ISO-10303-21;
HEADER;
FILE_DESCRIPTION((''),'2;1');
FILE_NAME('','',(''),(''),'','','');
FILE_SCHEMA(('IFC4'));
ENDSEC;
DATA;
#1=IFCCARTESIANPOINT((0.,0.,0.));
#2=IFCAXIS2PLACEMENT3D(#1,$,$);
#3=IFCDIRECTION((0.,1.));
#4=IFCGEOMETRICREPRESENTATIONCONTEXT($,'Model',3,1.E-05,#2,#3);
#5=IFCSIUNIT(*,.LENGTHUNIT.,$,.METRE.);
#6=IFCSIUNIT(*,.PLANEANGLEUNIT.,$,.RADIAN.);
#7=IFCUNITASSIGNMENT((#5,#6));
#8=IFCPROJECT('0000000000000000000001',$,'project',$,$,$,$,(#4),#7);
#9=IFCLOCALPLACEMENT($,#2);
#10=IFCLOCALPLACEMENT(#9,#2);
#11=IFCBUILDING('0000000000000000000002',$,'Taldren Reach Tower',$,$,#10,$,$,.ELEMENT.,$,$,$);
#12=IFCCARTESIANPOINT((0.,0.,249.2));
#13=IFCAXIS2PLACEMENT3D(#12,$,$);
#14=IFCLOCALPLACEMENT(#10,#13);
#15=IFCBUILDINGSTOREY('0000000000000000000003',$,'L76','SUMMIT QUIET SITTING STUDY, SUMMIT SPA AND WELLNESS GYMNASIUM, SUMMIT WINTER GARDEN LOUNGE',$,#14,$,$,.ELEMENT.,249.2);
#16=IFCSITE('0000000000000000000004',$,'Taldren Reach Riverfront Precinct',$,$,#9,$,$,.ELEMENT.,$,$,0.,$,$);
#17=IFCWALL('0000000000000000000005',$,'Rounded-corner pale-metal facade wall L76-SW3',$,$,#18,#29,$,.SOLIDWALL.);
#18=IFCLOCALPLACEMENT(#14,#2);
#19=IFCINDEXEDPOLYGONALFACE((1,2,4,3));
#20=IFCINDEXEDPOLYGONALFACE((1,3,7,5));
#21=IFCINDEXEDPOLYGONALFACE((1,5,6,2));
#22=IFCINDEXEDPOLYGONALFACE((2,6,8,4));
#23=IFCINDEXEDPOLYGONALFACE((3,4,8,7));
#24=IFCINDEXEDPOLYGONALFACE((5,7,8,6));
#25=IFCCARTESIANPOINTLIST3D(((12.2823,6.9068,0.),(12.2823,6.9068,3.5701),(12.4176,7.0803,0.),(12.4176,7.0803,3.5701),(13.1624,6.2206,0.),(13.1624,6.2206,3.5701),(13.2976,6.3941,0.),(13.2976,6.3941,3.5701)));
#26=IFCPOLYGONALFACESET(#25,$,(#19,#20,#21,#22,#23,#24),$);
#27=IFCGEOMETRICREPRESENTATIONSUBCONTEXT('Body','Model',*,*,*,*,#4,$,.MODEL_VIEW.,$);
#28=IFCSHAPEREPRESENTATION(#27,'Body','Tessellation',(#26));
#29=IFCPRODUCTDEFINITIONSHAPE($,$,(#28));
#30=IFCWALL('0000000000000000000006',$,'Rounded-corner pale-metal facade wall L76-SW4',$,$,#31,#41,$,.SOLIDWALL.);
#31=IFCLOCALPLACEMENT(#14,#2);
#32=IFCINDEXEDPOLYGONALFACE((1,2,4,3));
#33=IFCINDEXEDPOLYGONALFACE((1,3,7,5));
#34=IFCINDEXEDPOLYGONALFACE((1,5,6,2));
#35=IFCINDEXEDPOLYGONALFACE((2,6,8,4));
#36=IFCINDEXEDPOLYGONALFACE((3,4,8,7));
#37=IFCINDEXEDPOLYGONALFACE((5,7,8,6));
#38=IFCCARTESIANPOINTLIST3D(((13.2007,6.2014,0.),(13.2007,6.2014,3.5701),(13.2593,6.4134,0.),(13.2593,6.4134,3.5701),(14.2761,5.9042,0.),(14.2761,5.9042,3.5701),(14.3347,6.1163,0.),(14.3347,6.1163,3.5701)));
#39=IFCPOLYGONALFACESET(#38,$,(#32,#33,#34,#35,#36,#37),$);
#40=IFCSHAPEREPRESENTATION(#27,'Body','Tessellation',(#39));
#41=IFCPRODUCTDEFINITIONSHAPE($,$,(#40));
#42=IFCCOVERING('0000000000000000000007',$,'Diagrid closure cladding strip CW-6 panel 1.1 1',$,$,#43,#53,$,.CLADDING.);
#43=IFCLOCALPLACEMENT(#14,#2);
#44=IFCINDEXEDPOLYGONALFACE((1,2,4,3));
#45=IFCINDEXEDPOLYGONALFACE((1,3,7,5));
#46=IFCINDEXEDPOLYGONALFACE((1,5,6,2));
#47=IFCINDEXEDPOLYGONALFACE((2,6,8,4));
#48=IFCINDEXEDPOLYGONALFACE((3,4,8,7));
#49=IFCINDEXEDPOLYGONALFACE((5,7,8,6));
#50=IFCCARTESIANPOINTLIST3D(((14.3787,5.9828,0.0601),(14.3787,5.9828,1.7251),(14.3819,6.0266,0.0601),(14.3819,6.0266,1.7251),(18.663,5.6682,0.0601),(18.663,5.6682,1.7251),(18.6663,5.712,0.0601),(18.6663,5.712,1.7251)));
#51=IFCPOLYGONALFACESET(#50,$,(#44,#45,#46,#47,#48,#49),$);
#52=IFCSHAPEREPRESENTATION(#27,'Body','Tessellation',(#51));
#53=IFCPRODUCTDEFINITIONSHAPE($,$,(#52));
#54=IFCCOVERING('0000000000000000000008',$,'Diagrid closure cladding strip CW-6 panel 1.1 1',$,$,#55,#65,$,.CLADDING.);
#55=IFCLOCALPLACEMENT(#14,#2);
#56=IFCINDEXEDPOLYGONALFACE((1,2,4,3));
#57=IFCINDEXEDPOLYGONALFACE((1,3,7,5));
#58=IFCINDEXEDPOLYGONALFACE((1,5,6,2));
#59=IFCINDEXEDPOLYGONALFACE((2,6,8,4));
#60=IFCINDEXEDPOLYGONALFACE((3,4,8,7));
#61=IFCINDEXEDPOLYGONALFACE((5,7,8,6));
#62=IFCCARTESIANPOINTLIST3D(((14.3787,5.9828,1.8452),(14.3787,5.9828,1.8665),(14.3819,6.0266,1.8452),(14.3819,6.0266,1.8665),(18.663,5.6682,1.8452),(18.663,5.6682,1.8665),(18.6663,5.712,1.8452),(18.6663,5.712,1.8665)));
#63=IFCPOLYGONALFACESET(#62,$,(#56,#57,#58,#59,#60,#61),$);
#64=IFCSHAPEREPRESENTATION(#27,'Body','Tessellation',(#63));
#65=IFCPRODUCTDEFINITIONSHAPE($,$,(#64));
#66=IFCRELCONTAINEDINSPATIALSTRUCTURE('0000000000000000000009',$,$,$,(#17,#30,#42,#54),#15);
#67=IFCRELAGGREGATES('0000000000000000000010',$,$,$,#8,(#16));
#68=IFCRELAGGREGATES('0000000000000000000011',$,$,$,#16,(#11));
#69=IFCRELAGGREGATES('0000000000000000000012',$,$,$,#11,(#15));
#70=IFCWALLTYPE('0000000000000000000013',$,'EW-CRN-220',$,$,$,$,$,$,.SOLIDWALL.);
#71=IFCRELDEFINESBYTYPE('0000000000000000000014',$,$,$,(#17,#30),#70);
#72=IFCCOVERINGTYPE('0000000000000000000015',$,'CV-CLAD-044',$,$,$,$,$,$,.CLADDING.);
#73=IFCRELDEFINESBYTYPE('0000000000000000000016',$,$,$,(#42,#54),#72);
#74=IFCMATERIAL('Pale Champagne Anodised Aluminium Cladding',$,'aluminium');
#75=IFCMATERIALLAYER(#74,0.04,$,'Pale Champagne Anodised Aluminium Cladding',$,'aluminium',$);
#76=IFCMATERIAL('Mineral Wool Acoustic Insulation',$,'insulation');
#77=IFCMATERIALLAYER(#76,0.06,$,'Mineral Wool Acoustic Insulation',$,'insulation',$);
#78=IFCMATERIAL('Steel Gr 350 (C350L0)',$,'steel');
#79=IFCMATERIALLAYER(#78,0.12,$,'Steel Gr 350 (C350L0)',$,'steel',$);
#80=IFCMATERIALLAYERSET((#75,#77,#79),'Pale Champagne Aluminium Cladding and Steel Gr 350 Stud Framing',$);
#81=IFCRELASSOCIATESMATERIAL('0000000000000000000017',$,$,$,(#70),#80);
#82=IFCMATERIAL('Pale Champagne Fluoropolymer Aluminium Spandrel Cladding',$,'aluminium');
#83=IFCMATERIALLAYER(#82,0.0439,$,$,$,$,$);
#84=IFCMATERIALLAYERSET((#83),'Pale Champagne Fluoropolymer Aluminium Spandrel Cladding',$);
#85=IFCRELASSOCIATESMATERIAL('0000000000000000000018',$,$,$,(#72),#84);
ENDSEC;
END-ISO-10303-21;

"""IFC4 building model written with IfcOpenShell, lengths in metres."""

from ifc_helpers import new_model, si_unit, direction, frame, frame_2d, origin, origin_2d, place, context, subcontext, project, spatial, rectangle, extrude, source, transform, mapped, material, layer, layer_set, type_object, element, save


model = new_model("IFC4")

# Units and contexts
model_context = context("Model", 3, precision=1e-05, world=origin(), true_north=direction((0.0, 1.0)))
body_context = subcontext(model_context, "Body", "Model", "MODEL_VIEW")
ifc_project = project(units=[si_unit("LENGTHUNIT", "METRE"), si_unit("PLANEANGLEUNIT", "RADIAN")], contexts=[model_context])

# Site, building, storey
site_placement = place(None, origin())
site = spatial("IfcSite", under=ifc_project, at=site_placement, Name="Taldren Reach Riverfront Precinct", CompositionType="ELEMENT", RefElevation=0.0)
building_placement = place(site_placement, origin())
building = spatial("IfcBuilding", under=site, at=building_placement, Name="Taldren Reach Tower", CompositionType="ELEMENT")
storey_placement = place(building_placement, frame((0.0, 0.0, 249.2)))
storey = spatial("IfcBuildingStorey", under=building, at=storey_placement, Name="L76", Description="SUMMIT QUIET SITTING STUDY, SUMMIT SPA AND WELLNESS GYMNASIUM, SUMMIT WINTER GARDEN LOUNGE", CompositionType="ELEMENT", Elevation=249.2)

# Shared definitions
ifc_material_1 = material(Name="Steel Gr 350 (C350L0)", Category="steel")

# Walls
ifc_material_2 = material(Name="Pale Champagne Anodised Aluminium Cladding", Category="aluminium")
ifc_layer_1 = layer(ifc_material_2, 0.04, Name="Pale Champagne Anodised Aluminium Cladding", Category="aluminium")
ifc_material_3 = material(Name="Mineral Wool Acoustic Insulation", Category="insulation")
ifc_layer_2 = layer(ifc_material_3, 0.06, Name="Mineral Wool Acoustic Insulation", Category="insulation")
ifc_layer_3 = layer(ifc_material_1, 0.12, Name="Steel Gr 350 (C350L0)", Category="steel")
ifc_layer_set_1 = layer_set([ifc_layer_1, ifc_layer_2, ifc_layer_3], Name="Pale Champagne Aluminium Cladding and Steel Gr 350 Stud Framing")
wall_type = type_object("IfcWallType", Name="EW-CRN-220", PredefinedType="SOLIDWALL", material=ifc_layer_set_1)
shared_shape_1 = source(origin(), body_context, "Body", "SweptSolid", [
    extrude(rectangle(XDim=1.116, YDim=0.22, at=frame_2d((0.5581, 0.0))), origin(), (0.0, 0.0, 1.0), 3.5701),
])
for number, where, z_axis, x_axis, name in (
    (1, (12.3499, 6.9937, 0.0), (0.0, 0.0, 1.0), (0.788598, -0.614909, 0.0), "Rounded-corner pale-metal facade wall L76-SW3"),
):
    element("IfcWall", number, at=place(storey_placement, frame(where, z_axis=z_axis, x_axis=x_axis)), inside=storey, type_object=wall_type, Name=name, PredefinedType="SOLIDWALL", context=body_context, shape_type="MappedRepresentation", body=[
        mapped(shared_shape_1, transform((0.0, 0.0, 0.0), scale=1.0)),
    ])
shared_shape_2 = source(origin(), body_context, "Body", "SweptSolid", [
    extrude(rectangle(XDim=1.1157, YDim=0.22, at=frame_2d((0.5579, 0.0))), origin(), (0.0, 0.0, 1.0), 3.5701),
])
wall_placement = place(storey_placement, frame((13.23, 6.3074, 0.0), z_axis=(0.0, 0.0, 1.0), x_axis=(0.96389, -0.266301, 0.0)))
element("IfcWall", 2, at=wall_placement, inside=storey, type_object=wall_type, Name="Rounded-corner pale-metal facade wall L76-SW4", PredefinedType="SOLIDWALL", context=body_context, shape_type="MappedRepresentation", body=[
    mapped(shared_shape_2, transform((0.0, 0.0, 0.0), scale=1.0)),
])

# Coverings
ifc_material_4 = material(Name="Pale Champagne Fluoropolymer Aluminium Spandrel Cladding", Category="aluminium")
ifc_layer_4 = layer(ifc_material_4, 0.0439)
ifc_layer_set_2 = layer_set([ifc_layer_4], Name="Pale Champagne Fluoropolymer Aluminium Spandrel Cladding")
covering_type = type_object("IfcCoveringType", Name="CV-CLAD-044", PredefinedType="CLADDING", material=ifc_layer_set_2)
shared_shape_3 = source(origin(), body_context, "Body", "SweptSolid", [
    extrude(rectangle(XDim=4.2959, YDim=0.0439, at=origin_2d()), origin(), (0.0, 0.0, 1.0), 1.665),
])
covering_1_placement = place(storey_placement, frame((16.5225, 5.8474, 0.0601), z_axis=(0.0, 0.0, 1.0), x_axis=(0.997314, -0.073238, 0.0)))
element("IfcCovering", 3, at=covering_1_placement, inside=storey, type_object=covering_type, Name="Diagrid closure cladding strip CW-6 panel 1.1 1", PredefinedType="CLADDING", context=body_context, shape_type="MappedRepresentation", body=[
    mapped(shared_shape_3, transform((0.0, 0.0, 0.0), scale=1.0)),
])
shared_shape_4 = source(origin(), body_context, "Body", "SweptSolid", [
    extrude(rectangle(XDim=4.2959, YDim=0.0439, at=origin_2d()), origin(), (0.0, 0.0, 1.0), 0.0212),
])
covering_2_placement = place(storey_placement, frame((16.5225, 5.8474, 1.8452), z_axis=(0.0, 0.0, 1.0), x_axis=(0.997314, -0.073238, 0.0)))
element("IfcCovering", 4, at=covering_2_placement, inside=storey, type_object=covering_type, Name="Diagrid closure cladding strip CW-6 panel 1.1 1", PredefinedType="CLADDING", context=body_context, shape_type="MappedRepresentation", body=[
    mapped(shared_shape_4, transform((0.0, 0.0, 0.0), scale=1.0)),
])

save(model, "model.ifc")
